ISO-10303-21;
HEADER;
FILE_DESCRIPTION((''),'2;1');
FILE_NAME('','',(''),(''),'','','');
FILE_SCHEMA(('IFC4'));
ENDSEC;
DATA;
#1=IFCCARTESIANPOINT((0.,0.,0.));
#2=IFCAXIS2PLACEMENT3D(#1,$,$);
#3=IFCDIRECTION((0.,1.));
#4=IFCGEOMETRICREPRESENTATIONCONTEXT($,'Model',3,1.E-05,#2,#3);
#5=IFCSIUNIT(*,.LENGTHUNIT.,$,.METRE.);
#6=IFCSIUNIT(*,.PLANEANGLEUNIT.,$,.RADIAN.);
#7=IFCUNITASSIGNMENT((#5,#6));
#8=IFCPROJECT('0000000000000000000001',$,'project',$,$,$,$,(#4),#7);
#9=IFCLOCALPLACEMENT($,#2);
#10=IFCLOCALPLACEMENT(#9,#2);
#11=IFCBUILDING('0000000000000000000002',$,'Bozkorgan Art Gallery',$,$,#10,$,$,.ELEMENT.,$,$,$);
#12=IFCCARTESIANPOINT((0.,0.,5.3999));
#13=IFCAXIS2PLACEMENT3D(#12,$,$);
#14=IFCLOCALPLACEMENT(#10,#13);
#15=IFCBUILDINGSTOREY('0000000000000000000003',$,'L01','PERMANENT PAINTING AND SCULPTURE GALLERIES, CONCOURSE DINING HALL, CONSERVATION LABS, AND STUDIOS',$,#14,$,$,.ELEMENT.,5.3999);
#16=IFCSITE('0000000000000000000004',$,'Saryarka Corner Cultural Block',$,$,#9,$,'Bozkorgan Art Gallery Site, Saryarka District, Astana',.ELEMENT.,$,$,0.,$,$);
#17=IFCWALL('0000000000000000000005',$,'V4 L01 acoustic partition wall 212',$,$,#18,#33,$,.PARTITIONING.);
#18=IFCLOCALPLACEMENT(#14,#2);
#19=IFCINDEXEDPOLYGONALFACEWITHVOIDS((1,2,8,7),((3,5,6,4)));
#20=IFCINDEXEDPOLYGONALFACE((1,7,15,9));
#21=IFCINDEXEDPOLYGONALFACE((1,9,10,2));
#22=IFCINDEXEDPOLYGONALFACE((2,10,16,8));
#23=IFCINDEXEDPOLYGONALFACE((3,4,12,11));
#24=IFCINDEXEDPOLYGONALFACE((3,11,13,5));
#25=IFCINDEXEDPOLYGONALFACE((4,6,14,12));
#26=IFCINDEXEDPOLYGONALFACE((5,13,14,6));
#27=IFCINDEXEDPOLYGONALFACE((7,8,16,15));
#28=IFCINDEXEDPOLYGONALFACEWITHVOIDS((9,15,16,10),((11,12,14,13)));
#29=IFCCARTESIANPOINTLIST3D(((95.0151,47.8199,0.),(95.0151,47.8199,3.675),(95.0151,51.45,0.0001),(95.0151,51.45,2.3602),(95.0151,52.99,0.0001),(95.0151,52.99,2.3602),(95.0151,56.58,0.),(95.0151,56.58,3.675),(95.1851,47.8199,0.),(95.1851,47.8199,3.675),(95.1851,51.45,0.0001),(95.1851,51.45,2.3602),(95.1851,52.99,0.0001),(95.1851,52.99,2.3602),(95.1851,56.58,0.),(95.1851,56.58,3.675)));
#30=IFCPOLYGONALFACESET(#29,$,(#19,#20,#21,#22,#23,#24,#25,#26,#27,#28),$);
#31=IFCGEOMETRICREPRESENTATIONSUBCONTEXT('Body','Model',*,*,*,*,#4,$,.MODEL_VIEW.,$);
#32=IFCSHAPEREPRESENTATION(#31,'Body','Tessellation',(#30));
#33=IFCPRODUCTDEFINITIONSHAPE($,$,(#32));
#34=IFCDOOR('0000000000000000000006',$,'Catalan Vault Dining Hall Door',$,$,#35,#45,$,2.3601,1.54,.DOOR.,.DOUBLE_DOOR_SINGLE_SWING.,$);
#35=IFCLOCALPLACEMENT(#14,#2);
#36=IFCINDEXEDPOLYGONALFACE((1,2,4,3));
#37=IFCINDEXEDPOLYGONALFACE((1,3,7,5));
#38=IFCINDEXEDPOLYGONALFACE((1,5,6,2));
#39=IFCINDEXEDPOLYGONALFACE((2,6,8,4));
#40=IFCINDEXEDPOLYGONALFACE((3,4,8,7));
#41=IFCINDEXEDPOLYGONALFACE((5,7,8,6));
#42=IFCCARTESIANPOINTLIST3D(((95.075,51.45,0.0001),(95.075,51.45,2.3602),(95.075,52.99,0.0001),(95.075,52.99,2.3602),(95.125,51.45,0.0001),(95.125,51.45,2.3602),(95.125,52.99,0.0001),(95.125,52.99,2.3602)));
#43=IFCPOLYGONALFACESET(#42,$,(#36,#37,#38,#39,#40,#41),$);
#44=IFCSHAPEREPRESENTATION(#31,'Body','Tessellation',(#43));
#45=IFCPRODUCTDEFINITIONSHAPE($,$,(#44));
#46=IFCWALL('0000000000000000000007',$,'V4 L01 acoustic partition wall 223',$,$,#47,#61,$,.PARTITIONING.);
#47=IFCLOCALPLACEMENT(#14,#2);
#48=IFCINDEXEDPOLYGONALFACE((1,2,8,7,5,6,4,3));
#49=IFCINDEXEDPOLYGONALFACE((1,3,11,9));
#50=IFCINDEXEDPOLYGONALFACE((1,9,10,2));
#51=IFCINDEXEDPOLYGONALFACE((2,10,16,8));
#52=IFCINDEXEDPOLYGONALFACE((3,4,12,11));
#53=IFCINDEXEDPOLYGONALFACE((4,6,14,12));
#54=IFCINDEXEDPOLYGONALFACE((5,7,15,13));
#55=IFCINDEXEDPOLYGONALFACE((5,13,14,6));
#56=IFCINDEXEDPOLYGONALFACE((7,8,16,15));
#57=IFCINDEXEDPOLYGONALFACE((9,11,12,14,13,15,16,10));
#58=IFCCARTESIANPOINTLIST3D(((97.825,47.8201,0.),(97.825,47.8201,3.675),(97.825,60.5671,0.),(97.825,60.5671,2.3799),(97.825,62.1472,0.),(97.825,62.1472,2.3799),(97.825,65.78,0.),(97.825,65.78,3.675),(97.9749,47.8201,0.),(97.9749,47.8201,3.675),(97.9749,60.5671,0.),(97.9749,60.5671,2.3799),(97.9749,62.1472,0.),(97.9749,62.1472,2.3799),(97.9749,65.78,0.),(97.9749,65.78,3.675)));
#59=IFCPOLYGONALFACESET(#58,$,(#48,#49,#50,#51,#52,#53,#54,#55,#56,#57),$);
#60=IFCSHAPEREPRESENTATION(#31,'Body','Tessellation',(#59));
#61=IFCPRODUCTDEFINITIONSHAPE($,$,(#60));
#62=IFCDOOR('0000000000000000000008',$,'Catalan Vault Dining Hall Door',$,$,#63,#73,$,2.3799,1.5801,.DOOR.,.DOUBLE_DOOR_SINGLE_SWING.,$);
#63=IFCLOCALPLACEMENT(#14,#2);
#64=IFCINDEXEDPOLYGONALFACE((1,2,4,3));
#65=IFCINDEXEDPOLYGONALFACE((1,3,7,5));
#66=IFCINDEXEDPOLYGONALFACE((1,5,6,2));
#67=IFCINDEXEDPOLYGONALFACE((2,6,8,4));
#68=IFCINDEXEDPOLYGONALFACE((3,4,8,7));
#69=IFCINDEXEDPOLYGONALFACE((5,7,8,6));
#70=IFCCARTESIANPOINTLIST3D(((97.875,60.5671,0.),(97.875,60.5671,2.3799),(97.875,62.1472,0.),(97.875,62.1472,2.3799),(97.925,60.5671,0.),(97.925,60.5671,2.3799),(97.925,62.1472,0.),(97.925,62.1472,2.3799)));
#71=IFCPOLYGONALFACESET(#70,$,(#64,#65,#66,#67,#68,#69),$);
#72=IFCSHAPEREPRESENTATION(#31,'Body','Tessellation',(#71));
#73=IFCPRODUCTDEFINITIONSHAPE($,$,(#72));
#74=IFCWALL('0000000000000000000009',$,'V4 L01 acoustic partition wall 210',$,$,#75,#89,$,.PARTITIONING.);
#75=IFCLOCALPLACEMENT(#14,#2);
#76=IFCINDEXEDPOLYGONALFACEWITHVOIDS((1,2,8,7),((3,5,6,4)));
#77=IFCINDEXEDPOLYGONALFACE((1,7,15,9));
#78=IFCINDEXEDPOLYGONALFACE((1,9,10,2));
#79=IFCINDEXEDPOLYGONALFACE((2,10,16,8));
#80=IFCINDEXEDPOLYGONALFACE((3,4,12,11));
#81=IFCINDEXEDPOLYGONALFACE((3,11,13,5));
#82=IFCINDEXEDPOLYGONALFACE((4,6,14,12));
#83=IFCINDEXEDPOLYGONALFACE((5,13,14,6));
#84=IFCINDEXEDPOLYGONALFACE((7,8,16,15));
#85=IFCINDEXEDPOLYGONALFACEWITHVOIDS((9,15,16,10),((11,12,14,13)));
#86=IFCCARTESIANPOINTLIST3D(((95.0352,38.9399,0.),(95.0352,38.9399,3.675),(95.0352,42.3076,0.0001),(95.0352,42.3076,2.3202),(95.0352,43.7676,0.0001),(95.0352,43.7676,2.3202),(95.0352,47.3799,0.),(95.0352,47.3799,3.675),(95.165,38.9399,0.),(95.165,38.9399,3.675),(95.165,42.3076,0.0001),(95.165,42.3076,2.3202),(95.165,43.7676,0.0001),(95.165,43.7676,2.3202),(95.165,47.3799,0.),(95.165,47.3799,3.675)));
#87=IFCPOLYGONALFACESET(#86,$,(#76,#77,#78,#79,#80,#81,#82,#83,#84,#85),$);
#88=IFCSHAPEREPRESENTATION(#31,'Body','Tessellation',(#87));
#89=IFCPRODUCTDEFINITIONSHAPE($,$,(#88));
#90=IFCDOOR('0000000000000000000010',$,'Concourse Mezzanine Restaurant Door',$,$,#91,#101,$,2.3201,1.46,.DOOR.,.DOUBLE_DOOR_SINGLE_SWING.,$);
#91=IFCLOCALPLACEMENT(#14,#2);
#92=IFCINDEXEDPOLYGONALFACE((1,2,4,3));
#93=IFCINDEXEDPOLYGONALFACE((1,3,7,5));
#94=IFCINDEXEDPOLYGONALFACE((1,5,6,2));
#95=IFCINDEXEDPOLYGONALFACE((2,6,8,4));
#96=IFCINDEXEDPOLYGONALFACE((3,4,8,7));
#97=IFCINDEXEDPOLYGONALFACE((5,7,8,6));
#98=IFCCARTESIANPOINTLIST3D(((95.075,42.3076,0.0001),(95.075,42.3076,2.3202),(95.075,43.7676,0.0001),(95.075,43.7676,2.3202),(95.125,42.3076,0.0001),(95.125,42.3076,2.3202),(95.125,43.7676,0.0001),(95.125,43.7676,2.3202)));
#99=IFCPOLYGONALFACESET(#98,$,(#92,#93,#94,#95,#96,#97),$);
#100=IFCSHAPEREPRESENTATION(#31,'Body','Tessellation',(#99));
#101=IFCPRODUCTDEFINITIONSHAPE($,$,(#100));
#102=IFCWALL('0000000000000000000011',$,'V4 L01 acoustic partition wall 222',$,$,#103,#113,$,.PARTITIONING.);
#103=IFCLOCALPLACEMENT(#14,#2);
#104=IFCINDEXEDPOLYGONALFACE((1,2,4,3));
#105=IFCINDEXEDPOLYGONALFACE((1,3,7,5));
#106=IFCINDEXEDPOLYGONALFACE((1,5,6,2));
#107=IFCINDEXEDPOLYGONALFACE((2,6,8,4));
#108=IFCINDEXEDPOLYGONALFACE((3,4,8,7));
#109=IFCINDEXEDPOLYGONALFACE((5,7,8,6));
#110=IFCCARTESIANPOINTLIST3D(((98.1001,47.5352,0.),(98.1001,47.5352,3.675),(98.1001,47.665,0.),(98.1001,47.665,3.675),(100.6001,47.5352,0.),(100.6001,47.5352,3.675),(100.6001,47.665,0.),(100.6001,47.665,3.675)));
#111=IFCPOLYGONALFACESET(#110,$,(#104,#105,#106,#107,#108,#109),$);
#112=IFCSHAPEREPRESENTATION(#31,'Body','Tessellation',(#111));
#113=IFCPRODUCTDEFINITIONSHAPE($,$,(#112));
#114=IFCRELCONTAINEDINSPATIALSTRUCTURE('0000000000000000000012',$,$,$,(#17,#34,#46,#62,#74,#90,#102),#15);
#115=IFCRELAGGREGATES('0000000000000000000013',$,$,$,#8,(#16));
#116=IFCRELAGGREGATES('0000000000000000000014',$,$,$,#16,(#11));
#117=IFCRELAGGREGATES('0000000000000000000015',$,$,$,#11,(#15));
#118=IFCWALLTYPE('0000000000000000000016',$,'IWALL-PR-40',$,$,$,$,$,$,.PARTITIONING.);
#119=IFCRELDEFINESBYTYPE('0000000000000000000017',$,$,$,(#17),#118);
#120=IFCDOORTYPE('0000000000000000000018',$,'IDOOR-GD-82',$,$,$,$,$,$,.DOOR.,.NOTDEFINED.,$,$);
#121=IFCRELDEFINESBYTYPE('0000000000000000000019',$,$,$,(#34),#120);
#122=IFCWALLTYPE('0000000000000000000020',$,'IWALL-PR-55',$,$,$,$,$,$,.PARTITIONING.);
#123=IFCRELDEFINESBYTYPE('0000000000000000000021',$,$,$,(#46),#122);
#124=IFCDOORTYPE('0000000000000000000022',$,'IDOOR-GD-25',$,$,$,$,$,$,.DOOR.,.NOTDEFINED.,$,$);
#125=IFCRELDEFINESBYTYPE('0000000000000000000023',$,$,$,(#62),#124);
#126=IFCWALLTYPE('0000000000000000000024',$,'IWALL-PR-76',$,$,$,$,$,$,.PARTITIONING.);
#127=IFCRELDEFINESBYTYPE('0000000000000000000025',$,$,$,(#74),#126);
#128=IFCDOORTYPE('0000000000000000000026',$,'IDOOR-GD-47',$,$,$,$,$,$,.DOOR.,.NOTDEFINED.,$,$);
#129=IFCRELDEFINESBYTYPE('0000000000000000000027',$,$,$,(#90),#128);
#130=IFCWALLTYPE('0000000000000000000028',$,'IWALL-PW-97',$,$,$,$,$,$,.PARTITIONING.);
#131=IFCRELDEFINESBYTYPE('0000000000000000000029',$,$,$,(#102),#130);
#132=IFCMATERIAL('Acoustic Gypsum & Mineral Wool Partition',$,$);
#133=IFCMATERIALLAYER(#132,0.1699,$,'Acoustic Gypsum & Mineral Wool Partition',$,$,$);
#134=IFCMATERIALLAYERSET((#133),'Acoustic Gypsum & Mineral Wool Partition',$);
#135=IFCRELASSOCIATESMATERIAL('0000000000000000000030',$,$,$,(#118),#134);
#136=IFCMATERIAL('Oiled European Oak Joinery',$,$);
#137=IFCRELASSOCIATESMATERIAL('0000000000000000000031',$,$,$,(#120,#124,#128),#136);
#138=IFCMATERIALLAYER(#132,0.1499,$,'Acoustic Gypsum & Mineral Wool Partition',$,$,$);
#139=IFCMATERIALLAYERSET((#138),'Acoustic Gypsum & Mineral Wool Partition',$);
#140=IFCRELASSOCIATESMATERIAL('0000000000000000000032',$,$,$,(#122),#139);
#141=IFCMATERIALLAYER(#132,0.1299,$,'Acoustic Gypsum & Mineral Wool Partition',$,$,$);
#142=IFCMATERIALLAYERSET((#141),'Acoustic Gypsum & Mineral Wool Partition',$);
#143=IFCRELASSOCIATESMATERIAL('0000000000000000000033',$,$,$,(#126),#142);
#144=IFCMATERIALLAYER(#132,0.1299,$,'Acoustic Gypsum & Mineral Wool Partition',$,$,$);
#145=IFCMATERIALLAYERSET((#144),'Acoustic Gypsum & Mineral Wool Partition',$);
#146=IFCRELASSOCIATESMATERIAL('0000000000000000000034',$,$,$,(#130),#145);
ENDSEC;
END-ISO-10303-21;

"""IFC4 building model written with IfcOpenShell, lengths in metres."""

from ifc_helpers import new_model, si_unit, direction, frame, frame_2d, origin, place, context, subcontext, project, spatial, rectangle, extrude, material, layer, layer_set, type_object, element, fill, save


model = new_model("IFC4")

# Units and contexts
model_context = context("Model", 3, precision=1e-05, world=origin(), true_north=direction((0.0, 1.0)))
body_context = subcontext(model_context, "Body", "Model", "MODEL_VIEW")
ifc_project = project(units=[si_unit("LENGTHUNIT", "METRE"), si_unit("PLANEANGLEUNIT", "RADIAN")], contexts=[model_context])

# Site, building, storey
site_placement = place(None, origin())
site = spatial("IfcSite", under=ifc_project, at=site_placement, Name="Saryarka Corner Cultural Block", LongName="Bozkorgan Art Gallery Site, Saryarka District, Astana", CompositionType="ELEMENT", RefElevation=0.0)
building_placement = place(site_placement, origin())
building = spatial("IfcBuilding", under=site, at=building_placement, Name="Bozkorgan Art Gallery", CompositionType="ELEMENT")
storey_placement = place(building_placement, frame((0.0, 0.0, 5.3999)))
storey = spatial("IfcBuildingStorey", under=building, at=storey_placement, Name="L01", Description="PERMANENT PAINTING AND SCULPTURE GALLERIES, CONCOURSE DINING HALL, CONSERVATION LABS, AND STUDIOS", CompositionType="ELEMENT", Elevation=5.3999)

# Walls, openings, doors
ifc_material_1 = material(Name="Acoustic Gypsum & Mineral Wool Partition")
ifc_material_2 = material(Name="Oiled European Oak Joinery")
ifc_layer_1 = layer(ifc_material_1, 0.1699, Name="Acoustic Gypsum & Mineral Wool Partition")
ifc_layer_set_1 = layer_set([ifc_layer_1], Name="Acoustic Gypsum & Mineral Wool Partition")
wall_type_1 = type_object("IfcWallType", Name="IWALL-PR-40", PredefinedType="PARTITIONING", material=ifc_layer_set_1)
wall_1_placement = place(storey_placement, frame((95.1001, 47.8201, 0.0), z_axis=(0.0, 0.0, 1.0), x_axis=(0.0, 1.0, 0.0)))
wall_1 = element("IfcWall", 1, at=wall_1_placement, inside=storey, type_object=wall_type_1, Name="V4 L01 acoustic partition wall 212", PredefinedType="PARTITIONING", context=body_context, shape_type="SweptSolid", body=[
    extrude(rectangle(XDim=8.76, YDim=0.1699, at=frame_2d((4.3799, 0.0))), origin(), (0.0, 0.0, 1.0), 3.675),
])
opening_1_placement = place(wall_1_placement, frame((5.1699, 0.0, 0.0), z_axis=(0.0, 0.0, 1.0), x_axis=(-1.0, 0.0, 0.0)))
opening_1 = element("IfcOpeningElement", 2, at=opening_1_placement, cuts=wall_1, PredefinedType="OPENING", context=body_context, shape_type="SweptSolid", body=[
    extrude(rectangle(XDim=1.54, YDim=2.3601, at=frame_2d((0.77, 1.1802))), frame((0.0, 0.095, 0.0), z_axis=(0.0, -1.0, 0.0), x_axis=(1.0, 0.0, 0.0)), (0.0, 0.0, 1.0), 0.1899),
])
door_type_1 = type_object("IfcDoorType", Name="IDOOR-GD-82", OperationType="NOTDEFINED", PredefinedType="DOOR", material=ifc_material_2)
door_1_placement = place(opening_1_placement, origin())
door_1 = element("IfcDoor", 3, at=door_1_placement, inside=storey, type_object=door_type_1, Name="Catalan Vault Dining Hall Door", OperationType="DOUBLE_DOOR_SINGLE_SWING", OverallHeight=2.3601, OverallWidth=1.54, PredefinedType="DOOR", context=body_context, shape_type="SweptSolid", body=[
    extrude(rectangle(XDim=1.54, YDim=2.3601, at=frame_2d((0.77, 1.1802))), frame((0.0, 0.0249, 0.0), z_axis=(0.0, -1.0, 0.0), x_axis=(1.0, 0.0, 0.0)), (0.0, 0.0, 1.0), 0.05),
])
fill(opening_1, door_1)
ifc_layer_2 = layer(ifc_material_1, 0.1499, Name="Acoustic Gypsum & Mineral Wool Partition")
ifc_layer_set_2 = layer_set([ifc_layer_2], Name="Acoustic Gypsum & Mineral Wool Partition")
wall_type_2 = type_object("IfcWallType", Name="IWALL-PR-55", PredefinedType="PARTITIONING", material=ifc_layer_set_2)
wall_2_placement = place(storey_placement, frame((97.8999, 47.8201, 0.0), z_axis=(0.0, 0.0, 1.0), x_axis=(0.0, 1.0, 0.0)))
wall_2 = element("IfcWall", 4, at=wall_2_placement, inside=storey, type_object=wall_type_2, Name="V4 L01 acoustic partition wall 223", PredefinedType="PARTITIONING", context=body_context, shape_type="SweptSolid", body=[
    extrude(rectangle(XDim=17.96, YDim=0.1499, at=frame_2d((8.98, 0.0))), origin(), (0.0, 0.0, 1.0), 3.675),
])
opening_2_placement = place(wall_2_placement, frame((12.7471, 0.0, 0.0)))
opening_2 = element("IfcOpeningElement", 5, at=opening_2_placement, cuts=wall_2, PredefinedType="OPENING", context=body_context, shape_type="SweptSolid", body=[
    extrude(rectangle(XDim=1.5801, YDim=2.3799, at=frame_2d((0.79, 1.1899))), frame((0.0, 0.085, 0.0), z_axis=(0.0, -1.0, 0.0), x_axis=(1.0, 0.0, 0.0)), (0.0, 0.0, 1.0), 0.1699),
])
door_type_2 = type_object("IfcDoorType", Name="IDOOR-GD-25", OperationType="NOTDEFINED", PredefinedType="DOOR", material=ifc_material_2)
door_2_placement = place(opening_2_placement, origin())
door_2 = element("IfcDoor", 6, at=door_2_placement, inside=storey, type_object=door_type_2, Name="Catalan Vault Dining Hall Door", OperationType="DOUBLE_DOOR_SINGLE_SWING", OverallHeight=2.3799, OverallWidth=1.5801, PredefinedType="DOOR", context=body_context, shape_type="SweptSolid", body=[
    extrude(rectangle(XDim=1.5801, YDim=2.3799, at=frame_2d((0.79, 1.1899))), frame((0.0, 0.0249, 0.0), z_axis=(0.0, -1.0, 0.0), x_axis=(1.0, 0.0, 0.0)), (0.0, 0.0, 1.0), 0.05),
])
fill(opening_2, door_2)
ifc_layer_3 = layer(ifc_material_1, 0.1299, Name="Acoustic Gypsum & Mineral Wool Partition")
ifc_layer_set_3 = layer_set([ifc_layer_3], Name="Acoustic Gypsum & Mineral Wool Partition")
wall_type_3 = type_object("IfcWallType", Name="IWALL-PR-76", PredefinedType="PARTITIONING", material=ifc_layer_set_3)
wall_3_placement = place(storey_placement, frame((95.1001, 38.9399, 0.0), z_axis=(0.0, 0.0, 1.0), x_axis=(0.0, 1.0, 0.0)))
wall_3 = element("IfcWall", 7, at=wall_3_placement, inside=storey, type_object=wall_type_3, Name="V4 L01 acoustic partition wall 210", PredefinedType="PARTITIONING", context=body_context, shape_type="SweptSolid", body=[
    extrude(rectangle(XDim=8.4399, YDim=0.1299, at=frame_2d((4.22, 0.0))), origin(), (0.0, 0.0, 1.0), 3.675),
])
opening_3_placement = place(wall_3_placement, frame((4.8276, 0.0, 0.0), z_axis=(0.0, 0.0, 1.0), x_axis=(-1.0, 0.0, 0.0)))
opening_3 = element("IfcOpeningElement", 8, at=opening_3_placement, cuts=wall_3, PredefinedType="OPENING", context=body_context, shape_type="SweptSolid", body=[
    extrude(rectangle(XDim=1.46, YDim=2.3201, at=frame_2d((0.73, 1.1602))), frame((0.0, 0.075, 0.0), z_axis=(0.0, -1.0, 0.0), x_axis=(1.0, 0.0, 0.0)), (0.0, 0.0, 1.0), 0.1499),
])
door_type_3 = type_object("IfcDoorType", Name="IDOOR-GD-47", OperationType="NOTDEFINED", PredefinedType="DOOR", material=ifc_material_2)
door_3_placement = place(opening_3_placement, origin())
door_3 = element("IfcDoor", 9, at=door_3_placement, inside=storey, type_object=door_type_3, Name="Concourse Mezzanine Restaurant Door", OperationType="DOUBLE_DOOR_SINGLE_SWING", OverallHeight=2.3201, OverallWidth=1.46, PredefinedType="DOOR", context=body_context, shape_type="SweptSolid", body=[
    extrude(rectangle(XDim=1.46, YDim=2.3201, at=frame_2d((0.73, 1.1602))), frame((0.0, 0.0249, 0.0), z_axis=(0.0, -1.0, 0.0), x_axis=(1.0, 0.0, 0.0)), (0.0, 0.0, 1.0), 0.05),
])
fill(opening_3, door_3)

# Wall
ifc_layer_4 = layer(ifc_material_1, 0.1299, Name="Acoustic Gypsum & Mineral Wool Partition")
ifc_layer_set_4 = layer_set([ifc_layer_4], Name="Acoustic Gypsum & Mineral Wool Partition")
wall_type_4 = type_object("IfcWallType", Name="IWALL-PW-97", PredefinedType="PARTITIONING", material=ifc_layer_set_4)
wall_4_placement = place(storey_placement, frame((98.1001, 47.6001, 0.0), z_axis=(0.0, 0.0, 1.0), x_axis=(1.0, 0.0, 0.0)))
element("IfcWall", 10, at=wall_4_placement, inside=storey, type_object=wall_type_4, Name="V4 L01 acoustic partition wall 222", PredefinedType="PARTITIONING", context=body_context, shape_type="SweptSolid", body=[
    extrude(rectangle(XDim=2.5, YDim=0.1299, at=frame_2d((1.25, 0.0))), origin(), (0.0, 0.0, 1.0), 3.675),
])

save(model, "model.ifc")
